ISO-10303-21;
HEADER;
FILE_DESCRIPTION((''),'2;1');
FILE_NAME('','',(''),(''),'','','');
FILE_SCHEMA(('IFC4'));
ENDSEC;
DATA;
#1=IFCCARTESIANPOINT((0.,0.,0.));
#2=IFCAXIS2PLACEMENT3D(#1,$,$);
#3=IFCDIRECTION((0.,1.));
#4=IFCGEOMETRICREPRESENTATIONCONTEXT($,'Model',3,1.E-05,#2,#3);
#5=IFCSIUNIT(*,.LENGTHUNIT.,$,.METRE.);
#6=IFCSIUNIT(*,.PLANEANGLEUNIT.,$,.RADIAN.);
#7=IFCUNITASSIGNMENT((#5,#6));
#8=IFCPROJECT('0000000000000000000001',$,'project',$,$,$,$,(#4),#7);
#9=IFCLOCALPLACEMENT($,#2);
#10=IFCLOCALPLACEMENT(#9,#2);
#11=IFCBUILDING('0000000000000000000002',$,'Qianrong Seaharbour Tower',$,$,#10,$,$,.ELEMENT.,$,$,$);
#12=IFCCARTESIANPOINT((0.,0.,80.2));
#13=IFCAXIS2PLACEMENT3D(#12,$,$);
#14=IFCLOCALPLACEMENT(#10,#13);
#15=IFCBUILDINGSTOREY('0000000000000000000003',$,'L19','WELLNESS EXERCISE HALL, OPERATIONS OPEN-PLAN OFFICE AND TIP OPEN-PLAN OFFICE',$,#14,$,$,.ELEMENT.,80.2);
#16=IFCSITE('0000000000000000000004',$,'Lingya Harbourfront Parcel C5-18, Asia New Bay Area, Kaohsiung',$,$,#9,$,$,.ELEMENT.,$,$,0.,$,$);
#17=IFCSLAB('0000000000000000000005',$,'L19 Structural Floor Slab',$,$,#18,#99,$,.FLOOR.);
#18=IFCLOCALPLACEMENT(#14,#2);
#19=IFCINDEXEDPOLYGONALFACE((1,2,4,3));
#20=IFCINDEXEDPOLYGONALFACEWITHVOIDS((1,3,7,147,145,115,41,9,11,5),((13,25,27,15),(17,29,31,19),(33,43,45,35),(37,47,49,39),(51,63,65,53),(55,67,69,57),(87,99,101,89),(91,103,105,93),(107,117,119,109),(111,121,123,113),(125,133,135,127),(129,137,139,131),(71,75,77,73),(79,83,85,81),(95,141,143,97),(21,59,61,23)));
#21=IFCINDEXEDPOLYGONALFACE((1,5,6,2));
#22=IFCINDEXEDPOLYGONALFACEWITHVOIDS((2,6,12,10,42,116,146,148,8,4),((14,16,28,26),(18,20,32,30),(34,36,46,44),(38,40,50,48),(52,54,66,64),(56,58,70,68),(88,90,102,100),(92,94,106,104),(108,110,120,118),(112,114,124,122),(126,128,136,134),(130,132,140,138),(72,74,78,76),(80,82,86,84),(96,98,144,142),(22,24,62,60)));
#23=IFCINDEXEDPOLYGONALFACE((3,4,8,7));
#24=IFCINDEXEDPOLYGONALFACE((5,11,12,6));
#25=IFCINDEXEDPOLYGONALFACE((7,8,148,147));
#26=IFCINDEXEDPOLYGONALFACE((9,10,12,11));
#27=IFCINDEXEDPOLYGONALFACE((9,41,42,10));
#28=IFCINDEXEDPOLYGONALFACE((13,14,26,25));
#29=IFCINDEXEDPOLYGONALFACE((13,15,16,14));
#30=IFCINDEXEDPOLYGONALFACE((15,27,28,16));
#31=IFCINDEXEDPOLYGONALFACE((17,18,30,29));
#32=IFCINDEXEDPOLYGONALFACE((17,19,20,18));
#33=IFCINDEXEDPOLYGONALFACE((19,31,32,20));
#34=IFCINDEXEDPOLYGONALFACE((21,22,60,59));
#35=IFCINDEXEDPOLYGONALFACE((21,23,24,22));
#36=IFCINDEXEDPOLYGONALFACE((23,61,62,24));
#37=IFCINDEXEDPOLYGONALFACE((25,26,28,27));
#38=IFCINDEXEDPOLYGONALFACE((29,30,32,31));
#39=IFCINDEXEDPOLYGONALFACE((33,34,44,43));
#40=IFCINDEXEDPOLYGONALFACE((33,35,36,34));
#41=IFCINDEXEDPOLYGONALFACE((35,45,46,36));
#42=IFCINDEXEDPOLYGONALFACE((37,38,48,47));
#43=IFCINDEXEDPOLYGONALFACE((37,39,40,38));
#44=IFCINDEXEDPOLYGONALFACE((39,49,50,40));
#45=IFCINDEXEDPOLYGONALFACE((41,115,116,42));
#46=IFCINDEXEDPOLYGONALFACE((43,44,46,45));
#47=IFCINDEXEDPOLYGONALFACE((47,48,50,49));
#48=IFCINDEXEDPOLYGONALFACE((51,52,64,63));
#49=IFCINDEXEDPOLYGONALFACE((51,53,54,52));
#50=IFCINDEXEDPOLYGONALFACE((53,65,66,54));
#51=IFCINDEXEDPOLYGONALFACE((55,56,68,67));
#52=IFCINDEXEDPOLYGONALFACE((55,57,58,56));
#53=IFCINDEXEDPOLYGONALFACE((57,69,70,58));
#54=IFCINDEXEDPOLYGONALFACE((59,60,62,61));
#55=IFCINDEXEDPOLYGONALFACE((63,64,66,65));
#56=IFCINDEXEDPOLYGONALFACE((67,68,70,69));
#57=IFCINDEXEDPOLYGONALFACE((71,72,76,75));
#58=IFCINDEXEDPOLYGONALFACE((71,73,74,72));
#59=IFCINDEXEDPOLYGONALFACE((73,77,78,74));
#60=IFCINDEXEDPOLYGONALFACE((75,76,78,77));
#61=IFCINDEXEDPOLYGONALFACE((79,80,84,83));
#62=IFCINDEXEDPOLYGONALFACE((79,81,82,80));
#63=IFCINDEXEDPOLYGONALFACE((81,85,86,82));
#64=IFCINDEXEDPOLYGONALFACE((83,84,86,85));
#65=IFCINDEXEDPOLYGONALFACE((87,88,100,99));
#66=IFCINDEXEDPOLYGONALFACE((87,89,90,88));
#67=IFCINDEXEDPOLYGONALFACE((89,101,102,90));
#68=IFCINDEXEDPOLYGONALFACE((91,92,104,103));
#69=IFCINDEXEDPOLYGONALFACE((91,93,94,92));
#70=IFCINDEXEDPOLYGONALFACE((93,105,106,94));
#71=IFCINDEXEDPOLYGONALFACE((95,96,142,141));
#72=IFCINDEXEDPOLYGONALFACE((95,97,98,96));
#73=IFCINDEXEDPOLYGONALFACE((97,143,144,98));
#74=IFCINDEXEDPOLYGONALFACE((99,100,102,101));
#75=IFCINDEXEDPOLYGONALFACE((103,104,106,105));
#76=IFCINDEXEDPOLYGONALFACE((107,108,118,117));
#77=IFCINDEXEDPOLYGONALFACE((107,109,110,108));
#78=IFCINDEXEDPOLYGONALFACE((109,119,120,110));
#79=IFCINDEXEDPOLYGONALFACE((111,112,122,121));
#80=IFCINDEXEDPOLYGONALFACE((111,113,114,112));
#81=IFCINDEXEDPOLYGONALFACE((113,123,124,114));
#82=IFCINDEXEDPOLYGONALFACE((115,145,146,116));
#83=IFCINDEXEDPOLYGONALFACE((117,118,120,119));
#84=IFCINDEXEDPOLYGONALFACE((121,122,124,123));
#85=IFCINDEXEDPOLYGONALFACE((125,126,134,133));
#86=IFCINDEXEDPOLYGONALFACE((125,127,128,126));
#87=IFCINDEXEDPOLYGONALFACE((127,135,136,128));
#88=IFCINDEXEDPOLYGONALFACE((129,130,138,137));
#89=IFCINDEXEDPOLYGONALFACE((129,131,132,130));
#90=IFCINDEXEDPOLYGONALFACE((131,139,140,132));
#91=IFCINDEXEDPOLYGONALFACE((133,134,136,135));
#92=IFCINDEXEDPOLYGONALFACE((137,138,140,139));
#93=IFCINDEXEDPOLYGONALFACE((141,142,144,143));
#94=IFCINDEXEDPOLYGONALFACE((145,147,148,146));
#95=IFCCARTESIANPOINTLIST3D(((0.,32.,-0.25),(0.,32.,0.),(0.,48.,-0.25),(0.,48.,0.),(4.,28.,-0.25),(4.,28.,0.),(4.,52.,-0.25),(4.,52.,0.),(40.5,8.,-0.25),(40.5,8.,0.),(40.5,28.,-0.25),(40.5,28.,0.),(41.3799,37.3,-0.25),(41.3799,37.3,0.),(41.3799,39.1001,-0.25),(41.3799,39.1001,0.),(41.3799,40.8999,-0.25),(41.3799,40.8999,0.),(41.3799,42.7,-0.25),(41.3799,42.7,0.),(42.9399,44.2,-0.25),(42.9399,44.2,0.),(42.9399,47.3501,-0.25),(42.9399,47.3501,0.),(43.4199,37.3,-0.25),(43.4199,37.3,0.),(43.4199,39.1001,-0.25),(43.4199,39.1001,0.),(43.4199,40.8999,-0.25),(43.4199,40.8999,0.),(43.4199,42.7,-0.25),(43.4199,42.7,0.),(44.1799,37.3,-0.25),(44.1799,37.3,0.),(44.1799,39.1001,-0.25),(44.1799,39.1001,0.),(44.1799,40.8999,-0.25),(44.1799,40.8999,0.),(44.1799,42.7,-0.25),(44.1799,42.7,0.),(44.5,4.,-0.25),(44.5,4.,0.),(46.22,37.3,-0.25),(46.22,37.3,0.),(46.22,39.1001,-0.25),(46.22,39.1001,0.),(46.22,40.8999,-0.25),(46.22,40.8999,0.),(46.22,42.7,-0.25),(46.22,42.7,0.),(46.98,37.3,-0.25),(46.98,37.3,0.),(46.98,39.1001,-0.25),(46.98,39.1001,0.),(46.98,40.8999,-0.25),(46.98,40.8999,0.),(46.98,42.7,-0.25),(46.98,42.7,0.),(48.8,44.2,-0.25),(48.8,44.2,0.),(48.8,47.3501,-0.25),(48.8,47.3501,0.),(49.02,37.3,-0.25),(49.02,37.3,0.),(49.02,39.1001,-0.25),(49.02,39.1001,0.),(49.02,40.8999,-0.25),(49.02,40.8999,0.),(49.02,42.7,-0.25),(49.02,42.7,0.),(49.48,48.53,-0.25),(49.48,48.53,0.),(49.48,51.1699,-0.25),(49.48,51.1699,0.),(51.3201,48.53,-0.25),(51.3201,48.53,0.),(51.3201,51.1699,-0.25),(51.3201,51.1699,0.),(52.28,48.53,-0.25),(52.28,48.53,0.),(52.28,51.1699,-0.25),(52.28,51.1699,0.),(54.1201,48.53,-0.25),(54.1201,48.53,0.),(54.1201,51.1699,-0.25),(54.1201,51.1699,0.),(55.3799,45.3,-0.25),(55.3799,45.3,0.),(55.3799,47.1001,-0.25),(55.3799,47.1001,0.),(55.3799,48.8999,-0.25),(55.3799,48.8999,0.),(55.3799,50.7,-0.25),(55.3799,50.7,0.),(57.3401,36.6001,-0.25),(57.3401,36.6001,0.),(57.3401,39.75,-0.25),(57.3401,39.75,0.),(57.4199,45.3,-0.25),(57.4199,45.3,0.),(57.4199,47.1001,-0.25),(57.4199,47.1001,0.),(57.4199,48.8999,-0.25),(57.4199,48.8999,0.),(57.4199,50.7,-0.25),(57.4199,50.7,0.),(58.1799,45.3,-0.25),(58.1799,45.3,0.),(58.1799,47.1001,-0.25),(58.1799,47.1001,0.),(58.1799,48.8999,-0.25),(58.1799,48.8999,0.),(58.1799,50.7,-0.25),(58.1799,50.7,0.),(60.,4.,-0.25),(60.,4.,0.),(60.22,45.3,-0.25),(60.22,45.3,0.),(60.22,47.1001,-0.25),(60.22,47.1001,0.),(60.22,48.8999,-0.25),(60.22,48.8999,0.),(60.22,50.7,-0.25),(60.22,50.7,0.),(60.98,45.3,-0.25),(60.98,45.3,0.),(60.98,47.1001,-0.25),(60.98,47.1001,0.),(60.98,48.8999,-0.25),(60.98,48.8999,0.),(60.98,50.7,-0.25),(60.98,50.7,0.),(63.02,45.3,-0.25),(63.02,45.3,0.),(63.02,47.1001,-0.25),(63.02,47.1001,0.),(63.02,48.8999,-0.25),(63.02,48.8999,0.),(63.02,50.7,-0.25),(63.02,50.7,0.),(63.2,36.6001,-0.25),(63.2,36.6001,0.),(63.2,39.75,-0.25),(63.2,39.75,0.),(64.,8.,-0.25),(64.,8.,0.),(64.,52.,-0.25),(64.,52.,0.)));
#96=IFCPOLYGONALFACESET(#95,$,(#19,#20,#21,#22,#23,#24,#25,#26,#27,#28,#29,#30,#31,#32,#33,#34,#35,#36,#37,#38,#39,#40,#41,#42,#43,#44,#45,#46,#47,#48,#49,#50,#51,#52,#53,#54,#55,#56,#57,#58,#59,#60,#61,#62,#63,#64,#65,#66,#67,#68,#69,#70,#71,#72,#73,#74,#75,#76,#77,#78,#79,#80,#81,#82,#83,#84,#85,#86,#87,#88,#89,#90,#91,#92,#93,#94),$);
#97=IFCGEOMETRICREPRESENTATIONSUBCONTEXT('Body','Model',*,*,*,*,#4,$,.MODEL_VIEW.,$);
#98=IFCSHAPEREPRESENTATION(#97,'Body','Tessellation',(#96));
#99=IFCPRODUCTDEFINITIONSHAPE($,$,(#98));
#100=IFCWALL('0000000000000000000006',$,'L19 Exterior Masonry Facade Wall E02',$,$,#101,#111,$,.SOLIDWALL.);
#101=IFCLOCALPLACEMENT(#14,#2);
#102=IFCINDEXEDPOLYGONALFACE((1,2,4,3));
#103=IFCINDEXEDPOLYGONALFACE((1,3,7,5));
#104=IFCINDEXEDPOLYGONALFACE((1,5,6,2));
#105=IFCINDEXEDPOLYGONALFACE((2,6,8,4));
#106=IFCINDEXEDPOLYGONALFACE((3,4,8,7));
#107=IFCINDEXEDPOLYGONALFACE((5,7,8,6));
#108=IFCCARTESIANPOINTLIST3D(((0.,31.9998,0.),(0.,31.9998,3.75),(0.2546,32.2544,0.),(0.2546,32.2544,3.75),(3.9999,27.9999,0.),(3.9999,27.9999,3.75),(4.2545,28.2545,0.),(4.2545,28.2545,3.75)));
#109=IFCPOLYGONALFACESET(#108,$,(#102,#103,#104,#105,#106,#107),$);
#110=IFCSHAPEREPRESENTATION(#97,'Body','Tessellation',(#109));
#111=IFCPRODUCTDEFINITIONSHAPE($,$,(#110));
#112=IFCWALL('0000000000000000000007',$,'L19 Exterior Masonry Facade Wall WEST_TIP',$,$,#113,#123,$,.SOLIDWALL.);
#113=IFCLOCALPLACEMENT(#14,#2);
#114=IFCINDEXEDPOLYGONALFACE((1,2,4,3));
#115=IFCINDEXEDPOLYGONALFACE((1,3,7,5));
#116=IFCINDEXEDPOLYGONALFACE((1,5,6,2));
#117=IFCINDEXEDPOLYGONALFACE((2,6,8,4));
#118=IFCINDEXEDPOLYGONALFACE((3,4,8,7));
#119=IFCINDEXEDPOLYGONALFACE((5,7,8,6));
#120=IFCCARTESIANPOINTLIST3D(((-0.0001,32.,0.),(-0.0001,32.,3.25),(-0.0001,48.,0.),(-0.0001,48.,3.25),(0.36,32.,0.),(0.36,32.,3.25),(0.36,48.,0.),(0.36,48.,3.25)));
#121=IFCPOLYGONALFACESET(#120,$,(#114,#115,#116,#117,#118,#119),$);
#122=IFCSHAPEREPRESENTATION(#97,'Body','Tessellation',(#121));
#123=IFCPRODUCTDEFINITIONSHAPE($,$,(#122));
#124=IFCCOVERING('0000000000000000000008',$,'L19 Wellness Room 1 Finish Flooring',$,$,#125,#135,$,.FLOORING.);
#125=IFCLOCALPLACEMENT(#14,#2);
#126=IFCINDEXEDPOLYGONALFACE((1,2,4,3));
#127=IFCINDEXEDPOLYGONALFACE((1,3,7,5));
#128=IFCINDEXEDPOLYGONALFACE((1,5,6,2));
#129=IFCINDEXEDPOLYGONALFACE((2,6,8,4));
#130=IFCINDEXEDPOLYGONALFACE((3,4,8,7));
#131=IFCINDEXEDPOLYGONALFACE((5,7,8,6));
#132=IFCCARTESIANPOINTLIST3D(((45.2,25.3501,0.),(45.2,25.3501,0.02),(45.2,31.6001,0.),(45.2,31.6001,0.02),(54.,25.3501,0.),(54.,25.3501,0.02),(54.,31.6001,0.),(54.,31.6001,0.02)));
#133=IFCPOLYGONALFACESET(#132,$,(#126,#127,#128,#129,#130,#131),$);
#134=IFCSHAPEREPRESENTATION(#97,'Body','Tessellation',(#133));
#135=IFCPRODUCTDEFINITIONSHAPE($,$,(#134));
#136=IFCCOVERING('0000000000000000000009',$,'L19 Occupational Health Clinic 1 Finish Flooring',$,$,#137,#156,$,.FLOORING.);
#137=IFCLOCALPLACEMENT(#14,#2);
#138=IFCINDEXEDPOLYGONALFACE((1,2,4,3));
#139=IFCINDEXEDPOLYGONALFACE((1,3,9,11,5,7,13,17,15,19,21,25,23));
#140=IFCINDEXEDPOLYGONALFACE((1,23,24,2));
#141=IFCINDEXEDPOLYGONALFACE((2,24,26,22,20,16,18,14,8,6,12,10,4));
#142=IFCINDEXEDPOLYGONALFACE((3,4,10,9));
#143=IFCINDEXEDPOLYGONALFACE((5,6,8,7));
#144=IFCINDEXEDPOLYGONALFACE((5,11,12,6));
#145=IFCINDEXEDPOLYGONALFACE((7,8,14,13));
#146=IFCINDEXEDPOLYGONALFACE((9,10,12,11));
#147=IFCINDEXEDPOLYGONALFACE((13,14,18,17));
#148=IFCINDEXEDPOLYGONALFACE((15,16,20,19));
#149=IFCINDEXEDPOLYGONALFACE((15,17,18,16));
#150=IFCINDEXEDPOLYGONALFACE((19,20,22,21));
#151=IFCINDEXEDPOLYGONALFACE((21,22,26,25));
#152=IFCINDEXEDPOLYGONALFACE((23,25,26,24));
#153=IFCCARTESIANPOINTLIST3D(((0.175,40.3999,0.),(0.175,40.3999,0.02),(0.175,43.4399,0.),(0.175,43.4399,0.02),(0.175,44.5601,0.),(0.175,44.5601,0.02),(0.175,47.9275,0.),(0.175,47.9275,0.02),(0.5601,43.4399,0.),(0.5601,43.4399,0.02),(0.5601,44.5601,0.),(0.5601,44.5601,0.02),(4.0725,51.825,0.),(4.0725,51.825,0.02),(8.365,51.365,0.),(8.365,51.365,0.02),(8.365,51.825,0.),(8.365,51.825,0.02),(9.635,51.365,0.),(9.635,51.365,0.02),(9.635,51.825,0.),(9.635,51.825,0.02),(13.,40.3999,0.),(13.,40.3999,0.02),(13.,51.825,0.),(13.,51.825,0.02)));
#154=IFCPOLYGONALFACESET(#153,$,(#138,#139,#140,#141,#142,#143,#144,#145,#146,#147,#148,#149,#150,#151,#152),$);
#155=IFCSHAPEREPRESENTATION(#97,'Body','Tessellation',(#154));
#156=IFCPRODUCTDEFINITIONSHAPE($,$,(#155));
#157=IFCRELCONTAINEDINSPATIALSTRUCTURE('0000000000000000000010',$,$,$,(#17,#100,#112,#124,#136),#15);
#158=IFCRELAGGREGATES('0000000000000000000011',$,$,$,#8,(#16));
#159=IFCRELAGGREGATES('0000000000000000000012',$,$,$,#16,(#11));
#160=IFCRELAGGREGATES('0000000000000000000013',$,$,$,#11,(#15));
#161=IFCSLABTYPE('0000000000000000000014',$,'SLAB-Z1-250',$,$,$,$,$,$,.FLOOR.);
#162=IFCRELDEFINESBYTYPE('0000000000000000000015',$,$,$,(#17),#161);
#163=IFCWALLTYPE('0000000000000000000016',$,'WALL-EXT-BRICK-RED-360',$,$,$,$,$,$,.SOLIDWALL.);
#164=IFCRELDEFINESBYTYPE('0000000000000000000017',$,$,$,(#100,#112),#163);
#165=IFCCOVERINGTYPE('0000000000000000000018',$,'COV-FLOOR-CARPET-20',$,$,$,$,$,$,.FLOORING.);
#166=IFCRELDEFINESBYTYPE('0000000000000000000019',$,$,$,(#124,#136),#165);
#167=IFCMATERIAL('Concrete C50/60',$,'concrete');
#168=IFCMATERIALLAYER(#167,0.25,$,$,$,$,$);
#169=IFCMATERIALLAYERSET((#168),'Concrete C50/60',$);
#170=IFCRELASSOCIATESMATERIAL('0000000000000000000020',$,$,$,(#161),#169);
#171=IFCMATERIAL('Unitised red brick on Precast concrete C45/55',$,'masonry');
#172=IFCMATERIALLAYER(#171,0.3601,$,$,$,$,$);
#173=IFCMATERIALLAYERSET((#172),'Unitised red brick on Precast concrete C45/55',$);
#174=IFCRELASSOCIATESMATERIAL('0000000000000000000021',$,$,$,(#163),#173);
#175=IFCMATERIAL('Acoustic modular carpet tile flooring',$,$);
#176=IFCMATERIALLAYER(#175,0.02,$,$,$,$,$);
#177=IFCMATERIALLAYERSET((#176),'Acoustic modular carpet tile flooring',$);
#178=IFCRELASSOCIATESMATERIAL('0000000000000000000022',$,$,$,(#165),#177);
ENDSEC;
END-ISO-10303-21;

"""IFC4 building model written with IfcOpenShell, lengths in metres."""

from ifc_helpers import new_model, si_unit, direction, frame, frame_2d, origin, place, context, subcontext, project, spatial, polyline, rectangle, outline, extrude, material, layer, layer_set, type_object, element, save


model = new_model("IFC4")

# Units and contexts
model_context = context("Model", 3, precision=1e-05, world=origin(), true_north=direction((0.0, 1.0)))
body_context = subcontext(model_context, "Body", "Model", "MODEL_VIEW")
ifc_project = project(units=[si_unit("LENGTHUNIT", "METRE"), si_unit("PLANEANGLEUNIT", "RADIAN")], contexts=[model_context])

# Site, building, storey
site_placement = place(None, origin())
site = spatial("IfcSite", under=ifc_project, at=site_placement, Name="Lingya Harbourfront Parcel C5-18, Asia New Bay Area, Kaohsiung", CompositionType="ELEMENT", RefElevation=0.0)
building_placement = place(site_placement, origin())
building = spatial("IfcBuilding", under=site, at=building_placement, Name="Qianrong Seaharbour Tower", CompositionType="ELEMENT")
storey_placement = place(building_placement, frame((0.0, 0.0, 80.2)))
storey = spatial("IfcBuildingStorey", under=building, at=storey_placement, Name="L19", Description="WELLNESS EXERCISE HALL, OPERATIONS OPEN-PLAN OFFICE AND TIP OPEN-PLAN OFFICE", CompositionType="ELEMENT", Elevation=80.2)

# Shared definitions
ifc_material_1 = material(Name="Concrete C50/60", Category="concrete")

# Slab
ifc_layer_1 = layer(ifc_material_1, 0.25)
ifc_layer_set_1 = layer_set([ifc_layer_1], Name="Concrete C50/60")
slab_type_1 = type_object("IfcSlabType", Name="SLAB-Z1-250", PredefinedType="FLOOR", material=ifc_layer_set_1)
slab_1_placement = place(storey_placement, frame((0.0, 0.0, -0.25)))
element("IfcSlab", 1, at=slab_1_placement, inside=storey, type_object=slab_type_1, Name="L19 Structural Floor Slab", PredefinedType="FLOOR", context=body_context, shape_type="SweptSolid", body=[
    extrude(outline(polyline([(44.5, 4.0), (60.0, 4.0), (64.0, 8.0), (64.0, 52.0), (4.0, 52.0), (0.0, 48.0), (0.0, 32.0), (4.0, 28.0), (40.5, 28.0), (40.5, 8.0), (44.5, 4.0)]), holes=[polyline([(42.9399, 44.2), (42.9399, 47.3501), (48.8, 47.3501), (48.8, 44.2), (42.9399, 44.2)]), polyline([(57.3401, 36.6001), (57.3401, 39.75), (63.2, 39.75), (63.2, 36.6001), (57.3401, 36.6001)]), polyline([(49.48, 48.53), (49.48, 51.1699), (51.3201, 51.1699), (51.3201, 48.53), (49.48, 48.53)]), polyline([(52.28, 48.53), (52.28, 51.1699), (54.1201, 51.1699), (54.1201, 48.53), (52.28, 48.53)]), polyline([(41.3799, 37.3), (41.3799, 39.1001), (43.4199, 39.1001), (43.4199, 37.3), (41.3799, 37.3)]), polyline([(44.1799, 37.3), (44.1799, 39.1001), (46.22, 39.1001), (46.22, 37.3), (44.1799, 37.3)]), polyline([(46.98, 37.3), (46.98, 39.1001), (49.02, 39.1001), (49.02, 37.3), (46.98, 37.3)]), polyline([(41.3799, 40.8999), (41.3799, 42.7), (43.4199, 42.7), (43.4199, 40.8999), (41.3799, 40.8999)]), polyline([(44.1799, 40.8999), (44.1799, 42.7), (46.22, 42.7), (46.22, 40.8999), (44.1799, 40.8999)]), polyline([(46.98, 40.8999), (46.98, 42.7), (49.02, 42.7), (49.02, 40.8999), (46.98, 40.8999)]), polyline([(55.3799, 45.3), (55.3799, 47.1001), (57.4199, 47.1001), (57.4199, 45.3), (55.3799, 45.3)]), polyline([(58.1799, 45.3), (58.1799, 47.1001), (60.22, 47.1001), (60.22, 45.3), (58.1799, 45.3)]), polyline([(60.98, 45.3), (60.98, 47.1001), (63.02, 47.1001), (63.02, 45.3), (60.98, 45.3)]), polyline([(55.3799, 48.8999), (55.3799, 50.7), (57.4199, 50.7), (57.4199, 48.8999), (55.3799, 48.8999)]), polyline([(58.1799, 48.8999), (58.1799, 50.7), (60.22, 50.7), (60.22, 48.8999), (58.1799, 48.8999)]), polyline([(60.98, 48.8999), (60.98, 50.7), (63.02, 50.7), (63.02, 48.8999), (60.98, 48.8999)])]), origin(), (0.0, 0.0, 1.0), 0.25),
])

# Walls
ifc_material_2 = material(Name="Unitised red brick on Precast concrete C45/55", Category="masonry")
ifc_layer_2 = layer(ifc_material_2, 0.3601)
ifc_layer_set_2 = layer_set([ifc_layer_2], Name="Unitised red brick on Precast concrete C45/55")
wall_type = type_object("IfcWallType", Name="WALL-EXT-BRICK-RED-360", PredefinedType="SOLIDWALL", material=ifc_layer_set_2)
wall_1_placement = place(storey_placement, frame((4.1272, 28.1272, 0.0), z_axis=(0.0, 0.0, 1.0), x_axis=(-0.707107, 0.707107, 0.0)))
element("IfcWall", 2, at=wall_1_placement, inside=storey, type_object=wall_type, Name="L19 Exterior Masonry Facade Wall E02", PredefinedType="SOLIDWALL", context=body_context, shape_type="SweptSolid", body=[
    extrude(rectangle(XDim=5.6567, YDim=0.3601, at=frame_2d((2.8284, 0.0))), origin(), (0.0, 0.0, 1.0), 3.75),
])
wall_2_placement = place(storey_placement, frame((0.1799, 32.0, 0.0), z_axis=(0.0, 0.0, 1.0), x_axis=(0.0, 1.0, 0.0)))
element("IfcWall", 3, at=wall_2_placement, inside=storey, type_object=wall_type, Name="L19 Exterior Masonry Facade Wall WEST_TIP", PredefinedType="SOLIDWALL", context=body_context, shape_type="SweptSolid", body=[
    extrude(rectangle(XDim=16.0, YDim=0.3601, at=frame_2d((8.0, 0.0))), origin(), (0.0, 0.0, 1.0), 3.25),
])

# Coverings
ifc_material_3 = material(Name="Acoustic modular carpet tile flooring")
ifc_layer_3 = layer(ifc_material_3, 0.02)
ifc_layer_set_3 = layer_set([ifc_layer_3], Name="Acoustic modular carpet tile flooring")
covering_type_1 = type_object("IfcCoveringType", Name="COV-FLOOR-CARPET-20", PredefinedType="FLOORING", material=ifc_layer_set_3)
covering_1_placement = place(storey_placement, origin())
element("IfcCovering", 4, at=covering_1_placement, inside=storey, type_object=covering_type_1, Name="L19 Wellness Room 1 Finish Flooring", PredefinedType="FLOORING", context=body_context, shape_type="SweptSolid", body=[
    extrude(outline(polyline([(54.0, 31.6001), (54.0, 25.3501), (45.2, 25.3501), (45.2, 31.6001), (54.0, 31.6001)])), origin(), (0.0, 0.0, 1.0), 0.02),
])
covering_2_placement = place(storey_placement, origin())
element("IfcCovering", 5, at=covering_2_placement, inside=storey, type_object=covering_type_1, Name="L19 Occupational Health Clinic 1 Finish Flooring", PredefinedType="FLOORING", context=body_context, shape_type="SweptSolid", body=[
    extrude(outline(polyline([(0.175, 43.4399), (0.5601, 43.4399), (0.5601, 44.5601), (0.175, 44.5601), (0.175, 47.9275), (4.0725, 51.825), (8.365, 51.825), (8.365, 51.365), (9.635, 51.365), (9.635, 51.825), (13.0, 51.825), (13.0, 40.3999), (0.175, 40.3999), (0.175, 43.4399)])), origin(), (0.0, 0.0, 1.0), 0.02),
])

save(model, "model.ifc")
